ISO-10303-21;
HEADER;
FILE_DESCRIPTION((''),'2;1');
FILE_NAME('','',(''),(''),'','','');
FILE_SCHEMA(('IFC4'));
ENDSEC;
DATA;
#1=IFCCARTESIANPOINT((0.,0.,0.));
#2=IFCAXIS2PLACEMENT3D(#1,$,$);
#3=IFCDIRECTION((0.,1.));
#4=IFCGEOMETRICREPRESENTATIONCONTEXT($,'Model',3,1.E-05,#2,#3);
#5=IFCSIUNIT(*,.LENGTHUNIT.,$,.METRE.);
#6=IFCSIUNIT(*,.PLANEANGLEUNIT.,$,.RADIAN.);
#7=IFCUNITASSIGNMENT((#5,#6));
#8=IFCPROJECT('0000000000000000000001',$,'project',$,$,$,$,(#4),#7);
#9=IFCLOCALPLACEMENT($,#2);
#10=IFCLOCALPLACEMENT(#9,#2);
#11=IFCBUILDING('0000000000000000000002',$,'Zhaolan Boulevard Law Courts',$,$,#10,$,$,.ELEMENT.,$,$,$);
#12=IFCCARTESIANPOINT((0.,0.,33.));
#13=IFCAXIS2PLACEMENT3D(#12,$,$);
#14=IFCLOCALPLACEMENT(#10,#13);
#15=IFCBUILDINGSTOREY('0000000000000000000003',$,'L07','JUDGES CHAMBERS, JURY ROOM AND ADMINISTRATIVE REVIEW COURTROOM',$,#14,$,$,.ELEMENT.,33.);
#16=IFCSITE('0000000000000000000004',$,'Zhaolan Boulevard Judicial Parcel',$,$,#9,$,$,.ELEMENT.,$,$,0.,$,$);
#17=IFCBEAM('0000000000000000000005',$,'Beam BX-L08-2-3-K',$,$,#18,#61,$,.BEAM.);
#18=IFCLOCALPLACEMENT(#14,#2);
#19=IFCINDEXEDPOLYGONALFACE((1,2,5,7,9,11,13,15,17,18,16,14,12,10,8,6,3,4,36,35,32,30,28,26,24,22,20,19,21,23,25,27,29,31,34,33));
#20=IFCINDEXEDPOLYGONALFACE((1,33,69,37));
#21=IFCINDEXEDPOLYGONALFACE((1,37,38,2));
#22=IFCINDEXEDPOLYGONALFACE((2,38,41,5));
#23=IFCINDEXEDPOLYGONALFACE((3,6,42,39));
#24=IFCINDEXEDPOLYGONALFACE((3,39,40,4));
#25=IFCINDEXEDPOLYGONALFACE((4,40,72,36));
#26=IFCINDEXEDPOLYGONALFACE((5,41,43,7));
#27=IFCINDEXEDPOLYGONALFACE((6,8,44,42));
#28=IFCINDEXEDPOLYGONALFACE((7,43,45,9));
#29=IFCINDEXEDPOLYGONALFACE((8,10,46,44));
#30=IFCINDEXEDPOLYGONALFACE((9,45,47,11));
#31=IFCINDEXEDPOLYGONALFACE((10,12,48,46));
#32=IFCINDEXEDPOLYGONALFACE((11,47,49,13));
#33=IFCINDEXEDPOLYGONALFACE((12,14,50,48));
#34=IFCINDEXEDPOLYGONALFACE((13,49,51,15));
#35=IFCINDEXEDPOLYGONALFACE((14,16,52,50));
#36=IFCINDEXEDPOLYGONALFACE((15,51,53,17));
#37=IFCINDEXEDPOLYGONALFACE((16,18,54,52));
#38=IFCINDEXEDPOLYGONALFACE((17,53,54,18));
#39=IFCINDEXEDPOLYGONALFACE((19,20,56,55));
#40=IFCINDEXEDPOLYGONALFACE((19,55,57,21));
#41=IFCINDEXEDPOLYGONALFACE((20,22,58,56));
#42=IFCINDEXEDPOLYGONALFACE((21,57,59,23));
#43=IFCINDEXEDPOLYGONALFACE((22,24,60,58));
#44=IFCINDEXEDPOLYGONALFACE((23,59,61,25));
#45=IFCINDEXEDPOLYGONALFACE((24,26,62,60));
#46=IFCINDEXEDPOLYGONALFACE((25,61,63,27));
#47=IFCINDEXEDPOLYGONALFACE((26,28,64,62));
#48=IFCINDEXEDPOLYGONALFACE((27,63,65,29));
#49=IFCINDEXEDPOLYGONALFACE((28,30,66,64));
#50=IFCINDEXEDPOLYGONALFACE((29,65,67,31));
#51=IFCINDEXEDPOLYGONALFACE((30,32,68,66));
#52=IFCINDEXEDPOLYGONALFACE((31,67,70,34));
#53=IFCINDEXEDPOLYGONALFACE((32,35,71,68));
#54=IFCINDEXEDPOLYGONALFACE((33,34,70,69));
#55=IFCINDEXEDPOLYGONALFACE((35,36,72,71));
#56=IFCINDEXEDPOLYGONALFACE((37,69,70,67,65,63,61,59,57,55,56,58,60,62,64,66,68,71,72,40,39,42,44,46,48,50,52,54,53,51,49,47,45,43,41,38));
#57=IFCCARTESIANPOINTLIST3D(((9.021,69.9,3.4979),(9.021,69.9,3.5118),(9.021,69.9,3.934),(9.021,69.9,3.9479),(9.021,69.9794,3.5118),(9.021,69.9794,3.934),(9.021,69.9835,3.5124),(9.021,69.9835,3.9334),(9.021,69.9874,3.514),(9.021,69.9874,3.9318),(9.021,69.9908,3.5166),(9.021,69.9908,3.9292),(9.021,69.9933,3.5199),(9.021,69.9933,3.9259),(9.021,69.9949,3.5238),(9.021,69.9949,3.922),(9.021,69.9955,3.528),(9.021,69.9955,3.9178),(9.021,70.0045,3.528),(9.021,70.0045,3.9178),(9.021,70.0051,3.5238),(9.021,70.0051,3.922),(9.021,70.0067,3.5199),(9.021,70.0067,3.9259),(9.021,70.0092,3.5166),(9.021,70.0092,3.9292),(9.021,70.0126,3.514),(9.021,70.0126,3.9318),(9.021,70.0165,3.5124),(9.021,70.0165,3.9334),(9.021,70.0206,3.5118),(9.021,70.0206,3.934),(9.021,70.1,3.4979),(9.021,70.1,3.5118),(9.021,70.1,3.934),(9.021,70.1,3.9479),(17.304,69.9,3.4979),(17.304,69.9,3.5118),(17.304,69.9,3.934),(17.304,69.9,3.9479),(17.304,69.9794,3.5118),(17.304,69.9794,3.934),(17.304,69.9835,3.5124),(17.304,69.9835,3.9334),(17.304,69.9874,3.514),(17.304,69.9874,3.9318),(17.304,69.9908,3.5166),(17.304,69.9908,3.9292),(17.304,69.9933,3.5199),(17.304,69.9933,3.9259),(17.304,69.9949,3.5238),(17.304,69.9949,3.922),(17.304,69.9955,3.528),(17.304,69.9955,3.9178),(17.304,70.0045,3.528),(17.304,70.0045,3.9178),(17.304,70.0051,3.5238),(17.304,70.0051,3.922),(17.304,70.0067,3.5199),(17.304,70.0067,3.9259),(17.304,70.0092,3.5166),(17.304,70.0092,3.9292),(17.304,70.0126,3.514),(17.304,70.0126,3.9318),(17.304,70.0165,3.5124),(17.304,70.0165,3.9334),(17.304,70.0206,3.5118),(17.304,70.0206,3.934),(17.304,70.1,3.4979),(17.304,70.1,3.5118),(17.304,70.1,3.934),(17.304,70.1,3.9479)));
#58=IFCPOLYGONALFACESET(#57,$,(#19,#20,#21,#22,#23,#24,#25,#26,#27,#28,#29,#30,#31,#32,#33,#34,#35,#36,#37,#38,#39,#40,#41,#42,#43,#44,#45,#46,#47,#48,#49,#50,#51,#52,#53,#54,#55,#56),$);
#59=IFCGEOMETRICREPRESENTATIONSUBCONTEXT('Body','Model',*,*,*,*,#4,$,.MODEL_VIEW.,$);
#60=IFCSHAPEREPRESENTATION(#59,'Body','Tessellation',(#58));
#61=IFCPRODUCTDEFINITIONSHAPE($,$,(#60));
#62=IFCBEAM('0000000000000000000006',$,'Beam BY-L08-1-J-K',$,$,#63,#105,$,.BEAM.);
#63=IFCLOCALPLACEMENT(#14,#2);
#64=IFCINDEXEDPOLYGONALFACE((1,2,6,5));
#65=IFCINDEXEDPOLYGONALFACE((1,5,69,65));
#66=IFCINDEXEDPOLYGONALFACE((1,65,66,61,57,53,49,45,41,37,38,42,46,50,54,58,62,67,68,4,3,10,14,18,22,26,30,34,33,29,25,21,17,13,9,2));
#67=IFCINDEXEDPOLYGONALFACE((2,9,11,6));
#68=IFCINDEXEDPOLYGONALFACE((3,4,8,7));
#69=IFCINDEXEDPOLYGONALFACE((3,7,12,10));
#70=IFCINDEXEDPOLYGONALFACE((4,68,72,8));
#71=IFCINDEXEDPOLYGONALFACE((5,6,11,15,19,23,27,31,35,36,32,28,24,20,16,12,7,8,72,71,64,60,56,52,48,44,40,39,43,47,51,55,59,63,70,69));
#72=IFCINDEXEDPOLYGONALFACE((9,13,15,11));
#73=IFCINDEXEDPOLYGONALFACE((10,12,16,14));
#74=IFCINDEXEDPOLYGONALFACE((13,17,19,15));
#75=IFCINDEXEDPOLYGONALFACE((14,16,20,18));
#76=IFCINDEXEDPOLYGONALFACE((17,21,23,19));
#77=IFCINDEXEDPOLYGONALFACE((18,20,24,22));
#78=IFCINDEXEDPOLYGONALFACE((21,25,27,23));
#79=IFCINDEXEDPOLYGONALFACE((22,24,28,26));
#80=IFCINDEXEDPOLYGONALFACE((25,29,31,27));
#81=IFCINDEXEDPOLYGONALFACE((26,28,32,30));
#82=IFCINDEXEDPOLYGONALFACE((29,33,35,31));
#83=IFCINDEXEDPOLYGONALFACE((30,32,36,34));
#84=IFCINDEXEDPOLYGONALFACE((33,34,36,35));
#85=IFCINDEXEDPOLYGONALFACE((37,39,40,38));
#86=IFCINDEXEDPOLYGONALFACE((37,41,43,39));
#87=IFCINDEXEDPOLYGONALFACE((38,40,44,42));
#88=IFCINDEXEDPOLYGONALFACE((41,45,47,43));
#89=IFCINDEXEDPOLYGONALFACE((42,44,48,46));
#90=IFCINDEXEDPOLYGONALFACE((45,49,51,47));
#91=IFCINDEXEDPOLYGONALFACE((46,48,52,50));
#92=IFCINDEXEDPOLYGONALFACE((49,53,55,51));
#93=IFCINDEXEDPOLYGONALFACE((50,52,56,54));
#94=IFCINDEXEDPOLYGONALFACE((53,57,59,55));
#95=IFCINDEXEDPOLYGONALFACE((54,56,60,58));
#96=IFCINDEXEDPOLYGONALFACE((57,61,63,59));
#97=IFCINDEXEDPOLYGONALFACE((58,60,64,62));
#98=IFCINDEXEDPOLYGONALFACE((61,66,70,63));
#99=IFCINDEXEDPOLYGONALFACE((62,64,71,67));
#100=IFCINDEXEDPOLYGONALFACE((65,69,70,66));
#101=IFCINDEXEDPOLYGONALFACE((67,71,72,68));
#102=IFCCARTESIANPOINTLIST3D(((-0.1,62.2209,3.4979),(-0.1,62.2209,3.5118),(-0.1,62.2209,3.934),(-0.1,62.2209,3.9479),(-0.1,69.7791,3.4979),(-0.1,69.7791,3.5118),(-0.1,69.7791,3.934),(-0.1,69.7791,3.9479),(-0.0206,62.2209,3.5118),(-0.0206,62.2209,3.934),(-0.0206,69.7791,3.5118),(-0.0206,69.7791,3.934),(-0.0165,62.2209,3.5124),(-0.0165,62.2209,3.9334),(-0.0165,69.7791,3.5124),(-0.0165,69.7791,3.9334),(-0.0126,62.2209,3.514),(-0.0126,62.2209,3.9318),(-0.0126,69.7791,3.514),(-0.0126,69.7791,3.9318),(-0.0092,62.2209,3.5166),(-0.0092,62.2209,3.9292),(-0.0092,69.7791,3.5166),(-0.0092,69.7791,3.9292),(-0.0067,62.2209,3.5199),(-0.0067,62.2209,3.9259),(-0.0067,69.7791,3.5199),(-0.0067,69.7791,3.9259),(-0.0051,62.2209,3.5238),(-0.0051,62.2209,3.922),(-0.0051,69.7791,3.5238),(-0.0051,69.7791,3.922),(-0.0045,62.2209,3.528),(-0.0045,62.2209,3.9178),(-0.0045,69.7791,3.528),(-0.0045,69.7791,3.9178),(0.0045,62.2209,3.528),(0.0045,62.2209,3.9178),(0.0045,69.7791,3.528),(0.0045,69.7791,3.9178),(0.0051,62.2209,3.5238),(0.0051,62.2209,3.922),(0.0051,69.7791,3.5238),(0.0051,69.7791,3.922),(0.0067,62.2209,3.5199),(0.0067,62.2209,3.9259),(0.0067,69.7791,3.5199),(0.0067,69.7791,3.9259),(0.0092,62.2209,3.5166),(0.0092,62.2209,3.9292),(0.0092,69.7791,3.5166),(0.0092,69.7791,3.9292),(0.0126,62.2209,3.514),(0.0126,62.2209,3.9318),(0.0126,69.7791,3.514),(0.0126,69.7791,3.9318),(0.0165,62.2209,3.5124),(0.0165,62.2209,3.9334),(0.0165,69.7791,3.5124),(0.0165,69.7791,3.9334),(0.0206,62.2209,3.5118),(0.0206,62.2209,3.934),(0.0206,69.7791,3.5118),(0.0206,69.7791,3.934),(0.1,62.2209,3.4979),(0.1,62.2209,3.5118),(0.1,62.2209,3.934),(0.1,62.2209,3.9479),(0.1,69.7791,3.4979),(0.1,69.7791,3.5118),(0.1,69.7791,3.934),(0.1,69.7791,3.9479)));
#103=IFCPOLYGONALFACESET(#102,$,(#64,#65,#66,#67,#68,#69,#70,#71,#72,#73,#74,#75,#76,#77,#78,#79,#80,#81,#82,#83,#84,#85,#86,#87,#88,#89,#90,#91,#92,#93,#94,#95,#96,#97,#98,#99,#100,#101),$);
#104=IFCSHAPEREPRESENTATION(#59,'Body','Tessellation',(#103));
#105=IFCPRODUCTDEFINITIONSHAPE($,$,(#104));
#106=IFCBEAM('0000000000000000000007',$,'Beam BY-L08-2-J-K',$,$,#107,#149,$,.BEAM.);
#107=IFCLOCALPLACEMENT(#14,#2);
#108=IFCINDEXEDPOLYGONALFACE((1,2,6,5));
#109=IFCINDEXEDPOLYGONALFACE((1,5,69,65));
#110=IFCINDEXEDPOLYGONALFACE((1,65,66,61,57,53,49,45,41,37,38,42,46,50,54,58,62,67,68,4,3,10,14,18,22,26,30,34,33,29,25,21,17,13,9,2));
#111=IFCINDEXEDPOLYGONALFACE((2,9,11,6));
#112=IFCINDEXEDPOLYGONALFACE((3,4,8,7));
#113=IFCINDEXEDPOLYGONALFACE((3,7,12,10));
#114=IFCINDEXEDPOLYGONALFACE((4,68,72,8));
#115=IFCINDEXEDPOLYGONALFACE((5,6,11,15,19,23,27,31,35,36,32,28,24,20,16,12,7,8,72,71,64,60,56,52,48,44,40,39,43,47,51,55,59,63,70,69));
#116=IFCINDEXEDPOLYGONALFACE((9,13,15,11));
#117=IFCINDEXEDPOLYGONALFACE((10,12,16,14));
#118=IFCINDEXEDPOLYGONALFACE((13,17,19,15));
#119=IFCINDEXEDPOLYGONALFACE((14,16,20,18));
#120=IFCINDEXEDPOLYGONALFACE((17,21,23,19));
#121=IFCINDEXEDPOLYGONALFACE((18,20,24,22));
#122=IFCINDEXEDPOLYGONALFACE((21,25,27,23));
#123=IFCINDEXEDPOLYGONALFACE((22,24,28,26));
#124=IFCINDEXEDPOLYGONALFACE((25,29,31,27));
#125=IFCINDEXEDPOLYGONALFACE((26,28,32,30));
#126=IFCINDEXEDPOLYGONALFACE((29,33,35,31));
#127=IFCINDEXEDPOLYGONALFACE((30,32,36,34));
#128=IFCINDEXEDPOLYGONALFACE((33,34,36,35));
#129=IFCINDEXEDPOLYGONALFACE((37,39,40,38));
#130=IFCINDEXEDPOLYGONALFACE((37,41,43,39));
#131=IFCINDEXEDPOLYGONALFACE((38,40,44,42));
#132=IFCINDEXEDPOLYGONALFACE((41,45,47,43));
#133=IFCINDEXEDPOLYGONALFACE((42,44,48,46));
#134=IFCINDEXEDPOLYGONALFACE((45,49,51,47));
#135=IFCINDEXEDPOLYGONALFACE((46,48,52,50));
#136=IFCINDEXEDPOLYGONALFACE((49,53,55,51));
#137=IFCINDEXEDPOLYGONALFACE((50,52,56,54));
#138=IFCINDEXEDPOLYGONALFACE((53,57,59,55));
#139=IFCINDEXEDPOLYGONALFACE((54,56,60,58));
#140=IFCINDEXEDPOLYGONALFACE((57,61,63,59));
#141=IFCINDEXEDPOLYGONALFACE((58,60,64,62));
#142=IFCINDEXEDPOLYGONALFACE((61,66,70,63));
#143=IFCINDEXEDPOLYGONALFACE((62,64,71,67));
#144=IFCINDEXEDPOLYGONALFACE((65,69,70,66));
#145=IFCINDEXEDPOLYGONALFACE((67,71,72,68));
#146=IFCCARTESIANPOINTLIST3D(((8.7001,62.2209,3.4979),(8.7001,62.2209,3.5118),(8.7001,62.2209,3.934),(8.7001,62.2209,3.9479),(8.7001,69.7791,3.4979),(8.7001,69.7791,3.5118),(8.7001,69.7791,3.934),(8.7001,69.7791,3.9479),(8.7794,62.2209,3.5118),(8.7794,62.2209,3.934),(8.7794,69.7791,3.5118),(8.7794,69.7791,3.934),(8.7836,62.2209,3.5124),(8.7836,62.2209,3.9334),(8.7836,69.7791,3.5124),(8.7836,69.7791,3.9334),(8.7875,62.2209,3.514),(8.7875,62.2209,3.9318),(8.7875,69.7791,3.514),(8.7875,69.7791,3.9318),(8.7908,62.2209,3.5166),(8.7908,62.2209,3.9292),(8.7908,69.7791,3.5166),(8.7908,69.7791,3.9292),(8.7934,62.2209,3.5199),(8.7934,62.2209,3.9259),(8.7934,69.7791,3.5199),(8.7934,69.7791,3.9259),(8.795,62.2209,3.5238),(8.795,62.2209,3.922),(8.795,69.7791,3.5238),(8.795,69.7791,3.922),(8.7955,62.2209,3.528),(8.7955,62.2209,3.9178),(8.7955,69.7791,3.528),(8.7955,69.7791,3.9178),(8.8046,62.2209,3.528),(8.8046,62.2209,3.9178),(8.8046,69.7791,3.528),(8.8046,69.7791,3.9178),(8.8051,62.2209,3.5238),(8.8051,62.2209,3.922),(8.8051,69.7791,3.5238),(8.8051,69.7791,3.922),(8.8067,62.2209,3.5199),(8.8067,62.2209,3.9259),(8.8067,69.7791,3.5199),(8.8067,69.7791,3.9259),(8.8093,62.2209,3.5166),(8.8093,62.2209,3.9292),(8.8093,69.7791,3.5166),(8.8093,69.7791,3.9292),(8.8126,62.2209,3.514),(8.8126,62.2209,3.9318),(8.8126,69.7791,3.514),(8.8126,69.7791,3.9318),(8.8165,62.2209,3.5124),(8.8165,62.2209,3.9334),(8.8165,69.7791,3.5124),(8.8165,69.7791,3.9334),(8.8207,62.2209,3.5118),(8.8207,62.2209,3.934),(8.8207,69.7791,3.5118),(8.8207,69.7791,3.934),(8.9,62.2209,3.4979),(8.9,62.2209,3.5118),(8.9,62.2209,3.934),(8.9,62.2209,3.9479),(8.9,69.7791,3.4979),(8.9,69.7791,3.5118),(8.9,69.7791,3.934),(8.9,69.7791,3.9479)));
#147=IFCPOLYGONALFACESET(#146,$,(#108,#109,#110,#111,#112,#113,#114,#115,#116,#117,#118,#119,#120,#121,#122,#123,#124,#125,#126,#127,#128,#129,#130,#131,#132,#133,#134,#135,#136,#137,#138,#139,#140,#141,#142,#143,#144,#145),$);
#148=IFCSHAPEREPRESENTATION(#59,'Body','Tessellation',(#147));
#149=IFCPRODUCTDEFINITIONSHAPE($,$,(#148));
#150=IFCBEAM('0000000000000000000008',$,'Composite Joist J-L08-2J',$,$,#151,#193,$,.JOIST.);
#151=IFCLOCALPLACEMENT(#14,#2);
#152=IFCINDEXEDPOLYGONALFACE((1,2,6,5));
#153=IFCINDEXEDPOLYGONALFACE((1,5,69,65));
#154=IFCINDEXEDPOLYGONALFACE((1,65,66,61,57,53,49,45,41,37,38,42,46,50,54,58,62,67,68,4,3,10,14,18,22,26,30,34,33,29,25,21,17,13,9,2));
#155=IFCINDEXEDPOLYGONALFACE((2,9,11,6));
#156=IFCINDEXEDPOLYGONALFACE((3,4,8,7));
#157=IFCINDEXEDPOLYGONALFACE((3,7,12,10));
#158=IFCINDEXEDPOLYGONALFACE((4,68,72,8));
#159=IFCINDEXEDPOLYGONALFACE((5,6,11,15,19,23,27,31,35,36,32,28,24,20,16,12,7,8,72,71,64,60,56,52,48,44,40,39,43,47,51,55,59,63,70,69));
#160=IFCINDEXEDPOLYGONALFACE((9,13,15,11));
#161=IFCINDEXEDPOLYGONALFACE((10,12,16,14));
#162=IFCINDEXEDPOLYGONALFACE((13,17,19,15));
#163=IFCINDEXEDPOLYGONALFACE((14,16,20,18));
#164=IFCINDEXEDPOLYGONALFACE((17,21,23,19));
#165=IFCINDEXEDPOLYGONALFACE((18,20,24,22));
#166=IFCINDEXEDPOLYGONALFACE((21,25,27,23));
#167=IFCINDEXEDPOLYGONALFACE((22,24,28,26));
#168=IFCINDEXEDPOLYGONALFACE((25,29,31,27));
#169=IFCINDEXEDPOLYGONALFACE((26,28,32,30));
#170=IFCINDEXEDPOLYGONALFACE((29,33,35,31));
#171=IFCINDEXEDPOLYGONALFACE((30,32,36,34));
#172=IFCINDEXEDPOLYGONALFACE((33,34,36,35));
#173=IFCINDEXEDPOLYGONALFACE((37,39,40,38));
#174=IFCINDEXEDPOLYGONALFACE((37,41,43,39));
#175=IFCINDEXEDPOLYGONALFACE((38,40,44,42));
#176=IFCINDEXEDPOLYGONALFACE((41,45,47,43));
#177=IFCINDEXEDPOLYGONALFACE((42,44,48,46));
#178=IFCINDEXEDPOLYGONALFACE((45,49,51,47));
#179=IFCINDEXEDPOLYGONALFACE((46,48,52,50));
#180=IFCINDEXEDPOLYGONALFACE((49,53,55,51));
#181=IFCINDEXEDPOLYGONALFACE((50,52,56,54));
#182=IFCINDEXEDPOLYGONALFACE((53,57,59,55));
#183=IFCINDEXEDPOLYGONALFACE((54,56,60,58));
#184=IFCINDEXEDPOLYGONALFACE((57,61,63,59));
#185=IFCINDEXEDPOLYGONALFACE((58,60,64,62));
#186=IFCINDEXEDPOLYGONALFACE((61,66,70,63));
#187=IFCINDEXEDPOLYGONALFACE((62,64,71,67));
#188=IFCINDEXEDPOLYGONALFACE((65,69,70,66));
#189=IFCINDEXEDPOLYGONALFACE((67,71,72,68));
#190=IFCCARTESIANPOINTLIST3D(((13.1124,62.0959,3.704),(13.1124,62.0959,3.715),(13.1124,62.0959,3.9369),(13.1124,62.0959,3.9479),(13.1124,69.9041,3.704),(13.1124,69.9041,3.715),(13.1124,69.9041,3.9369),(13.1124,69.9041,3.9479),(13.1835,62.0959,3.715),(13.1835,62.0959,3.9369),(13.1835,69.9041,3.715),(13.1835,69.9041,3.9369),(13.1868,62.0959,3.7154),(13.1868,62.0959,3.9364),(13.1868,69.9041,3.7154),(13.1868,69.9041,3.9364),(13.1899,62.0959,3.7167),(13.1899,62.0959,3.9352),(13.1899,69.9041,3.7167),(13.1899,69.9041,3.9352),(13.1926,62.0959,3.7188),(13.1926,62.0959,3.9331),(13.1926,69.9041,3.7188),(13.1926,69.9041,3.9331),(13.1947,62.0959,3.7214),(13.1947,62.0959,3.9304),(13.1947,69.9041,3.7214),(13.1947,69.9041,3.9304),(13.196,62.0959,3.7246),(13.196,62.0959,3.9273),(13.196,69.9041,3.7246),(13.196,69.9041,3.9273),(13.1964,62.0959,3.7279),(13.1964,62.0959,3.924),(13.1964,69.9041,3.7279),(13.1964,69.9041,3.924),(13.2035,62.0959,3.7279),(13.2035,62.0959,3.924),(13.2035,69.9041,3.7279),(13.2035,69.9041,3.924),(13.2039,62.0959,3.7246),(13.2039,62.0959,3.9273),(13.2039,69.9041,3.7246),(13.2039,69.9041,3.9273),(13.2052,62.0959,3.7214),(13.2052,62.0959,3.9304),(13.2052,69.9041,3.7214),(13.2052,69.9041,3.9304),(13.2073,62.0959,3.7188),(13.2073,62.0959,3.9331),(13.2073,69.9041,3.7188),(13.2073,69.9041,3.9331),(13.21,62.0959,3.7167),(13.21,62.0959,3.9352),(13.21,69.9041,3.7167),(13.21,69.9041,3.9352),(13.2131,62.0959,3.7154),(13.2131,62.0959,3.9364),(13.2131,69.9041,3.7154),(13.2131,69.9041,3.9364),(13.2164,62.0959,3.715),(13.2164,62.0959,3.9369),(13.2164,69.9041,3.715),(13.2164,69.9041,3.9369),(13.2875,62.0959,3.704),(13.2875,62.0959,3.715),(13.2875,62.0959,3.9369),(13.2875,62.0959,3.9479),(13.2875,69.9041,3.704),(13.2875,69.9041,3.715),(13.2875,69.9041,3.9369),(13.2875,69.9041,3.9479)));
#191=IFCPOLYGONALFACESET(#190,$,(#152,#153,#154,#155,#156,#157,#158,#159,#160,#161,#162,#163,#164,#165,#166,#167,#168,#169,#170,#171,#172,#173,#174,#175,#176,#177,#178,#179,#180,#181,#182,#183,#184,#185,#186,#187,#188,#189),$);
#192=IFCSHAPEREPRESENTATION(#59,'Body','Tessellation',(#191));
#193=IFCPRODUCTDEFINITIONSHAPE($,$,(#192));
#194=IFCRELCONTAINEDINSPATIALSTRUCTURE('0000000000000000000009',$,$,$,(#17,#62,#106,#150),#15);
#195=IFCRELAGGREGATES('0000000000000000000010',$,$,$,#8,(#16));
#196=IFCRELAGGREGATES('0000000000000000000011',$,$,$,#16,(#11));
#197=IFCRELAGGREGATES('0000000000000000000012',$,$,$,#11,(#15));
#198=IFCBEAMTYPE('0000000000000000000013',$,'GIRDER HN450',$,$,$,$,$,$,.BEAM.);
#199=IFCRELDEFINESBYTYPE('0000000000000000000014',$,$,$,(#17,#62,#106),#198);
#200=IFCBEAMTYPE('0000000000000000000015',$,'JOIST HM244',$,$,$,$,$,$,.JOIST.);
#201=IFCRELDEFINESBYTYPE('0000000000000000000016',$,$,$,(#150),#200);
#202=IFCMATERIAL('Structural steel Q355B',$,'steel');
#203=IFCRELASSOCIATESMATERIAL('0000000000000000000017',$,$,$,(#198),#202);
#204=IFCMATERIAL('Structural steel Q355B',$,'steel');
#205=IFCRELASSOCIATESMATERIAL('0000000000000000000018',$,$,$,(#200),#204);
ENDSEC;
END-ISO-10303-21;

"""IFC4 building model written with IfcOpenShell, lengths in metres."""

from ifc_helpers import new_model, si_unit, direction, frame, origin, origin_2d, place, context, subcontext, project, spatial, i_section, extrude, material, material_profile, profile_set, type_object, element, save


model = new_model("IFC4")

# Units and contexts
model_context = context("Model", 3, precision=1e-05, world=origin(), true_north=direction((0.0, 1.0)))
body_context = subcontext(model_context, "Body", "Model", "MODEL_VIEW")
ifc_project = project(units=[si_unit("LENGTHUNIT", "METRE"), si_unit("PLANEANGLEUNIT", "RADIAN")], contexts=[model_context])

# Site, building, storey
site_placement = place(None, origin())
site = spatial("IfcSite", under=ifc_project, at=site_placement, Name="Zhaolan Boulevard Judicial Parcel", CompositionType="ELEMENT", RefElevation=0.0)
building_placement = place(site_placement, origin())
building = spatial("IfcBuilding", under=site, at=building_placement, Name="Zhaolan Boulevard Law Courts", CompositionType="ELEMENT")
storey_placement = place(building_placement, frame((0.0, 0.0, 33.0)))
storey = spatial("IfcBuildingStorey", under=building, at=storey_placement, Name="L07", Description="JUDGES CHAMBERS, JURY ROOM AND ADMINISTRATIVE REVIEW COURTROOM", CompositionType="ELEMENT", Elevation=33.0)

# Beams
ifc_material_1 = material(Name="Structural steel Q355B", Category="steel")
ifc_material_profile_1 = material_profile(ifc_material_1, i_section(OverallWidth=0.2, OverallDepth=0.45, WebThickness=0.009, FlangeThickness=0.0139, FilletRadius=0.0161, at=origin_2d()), Name="HN450x200")
ifc_profile_set_1 = profile_set([ifc_material_profile_1], Name="Structural steel Q355B")
beam_type_1 = type_object("IfcBeamType", Name="GIRDER HN450", PredefinedType="BEAM", material=ifc_profile_set_1)
beam_1_placement = place(storey_placement, frame((9.021, 70.0, 3.7229), z_axis=(1.0, 0.0, 0.0), x_axis=(0.0, 1.0, 0.0)))
element("IfcBeam", 1, at=beam_1_placement, inside=storey, type_object=beam_type_1, Name="Beam BX-L08-2-3-K", PredefinedType="BEAM", context=body_context, shape_type="SweptSolid", body=[
    extrude(i_section(OverallWidth=0.2, OverallDepth=0.45, WebThickness=0.009, FlangeThickness=0.0139, FilletRadius=0.0161, at=origin_2d()), origin(), (0.0, 0.0, 1.0), 8.283),
])
for number, where, z_axis, x_axis, name in (
    (2, (0.0, 62.2209, 3.7229), (0.0, 1.0, 0.0), (-1.0, 0.0, 0.0), "Beam BY-L08-1-J-K"),
    (3, (8.8, 62.2209, 3.7229), (0.0, 1.0, 0.0), (-1.0, 0.0, 0.0), "Beam BY-L08-2-J-K"),
):
    element("IfcBeam", number, at=place(storey_placement, frame(where, z_axis=z_axis, x_axis=x_axis)), inside=storey, type_object=beam_type_1, Name=name, PredefinedType="BEAM", context=body_context, shape_type="SweptSolid", body=[
        extrude(i_section(OverallWidth=0.2, OverallDepth=0.45, WebThickness=0.009, FlangeThickness=0.0139, FilletRadius=0.0161, at=origin_2d()), origin(), (0.0, 0.0, 1.0), 7.5581),
    ])
ifc_material_2 = material(Name="Structural steel Q355B", Category="steel")
ifc_material_profile_2 = material_profile(ifc_material_2, i_section(OverallWidth=0.175, OverallDepth=0.2439, WebThickness=0.0071, FlangeThickness=0.011, FilletRadius=0.0129, at=origin_2d()), Name="HM244x175")
ifc_profile_set_2 = profile_set([ifc_material_profile_2], Name="Structural steel Q355B")
beam_type_2 = type_object("IfcBeamType", Name="JOIST HM244", PredefinedType="JOIST", material=ifc_profile_set_2)
beam_2_placement = place(storey_placement, frame((13.2, 62.0959, 3.8259), z_axis=(0.0, 1.0, 0.0), x_axis=(-1.0, 0.0, 0.0)))
element("IfcBeam", 4, at=beam_2_placement, inside=storey, type_object=beam_type_2, Name="Composite Joist J-L08-2J", PredefinedType="JOIST", context=body_context, shape_type="SweptSolid", body=[
    extrude(i_section(OverallWidth=0.175, OverallDepth=0.2439, WebThickness=0.0071, FlangeThickness=0.011, FilletRadius=0.0129, at=origin_2d()), origin(), (0.0, 0.0, 1.0), 7.8081),
])

save(model, "model.ifc")
